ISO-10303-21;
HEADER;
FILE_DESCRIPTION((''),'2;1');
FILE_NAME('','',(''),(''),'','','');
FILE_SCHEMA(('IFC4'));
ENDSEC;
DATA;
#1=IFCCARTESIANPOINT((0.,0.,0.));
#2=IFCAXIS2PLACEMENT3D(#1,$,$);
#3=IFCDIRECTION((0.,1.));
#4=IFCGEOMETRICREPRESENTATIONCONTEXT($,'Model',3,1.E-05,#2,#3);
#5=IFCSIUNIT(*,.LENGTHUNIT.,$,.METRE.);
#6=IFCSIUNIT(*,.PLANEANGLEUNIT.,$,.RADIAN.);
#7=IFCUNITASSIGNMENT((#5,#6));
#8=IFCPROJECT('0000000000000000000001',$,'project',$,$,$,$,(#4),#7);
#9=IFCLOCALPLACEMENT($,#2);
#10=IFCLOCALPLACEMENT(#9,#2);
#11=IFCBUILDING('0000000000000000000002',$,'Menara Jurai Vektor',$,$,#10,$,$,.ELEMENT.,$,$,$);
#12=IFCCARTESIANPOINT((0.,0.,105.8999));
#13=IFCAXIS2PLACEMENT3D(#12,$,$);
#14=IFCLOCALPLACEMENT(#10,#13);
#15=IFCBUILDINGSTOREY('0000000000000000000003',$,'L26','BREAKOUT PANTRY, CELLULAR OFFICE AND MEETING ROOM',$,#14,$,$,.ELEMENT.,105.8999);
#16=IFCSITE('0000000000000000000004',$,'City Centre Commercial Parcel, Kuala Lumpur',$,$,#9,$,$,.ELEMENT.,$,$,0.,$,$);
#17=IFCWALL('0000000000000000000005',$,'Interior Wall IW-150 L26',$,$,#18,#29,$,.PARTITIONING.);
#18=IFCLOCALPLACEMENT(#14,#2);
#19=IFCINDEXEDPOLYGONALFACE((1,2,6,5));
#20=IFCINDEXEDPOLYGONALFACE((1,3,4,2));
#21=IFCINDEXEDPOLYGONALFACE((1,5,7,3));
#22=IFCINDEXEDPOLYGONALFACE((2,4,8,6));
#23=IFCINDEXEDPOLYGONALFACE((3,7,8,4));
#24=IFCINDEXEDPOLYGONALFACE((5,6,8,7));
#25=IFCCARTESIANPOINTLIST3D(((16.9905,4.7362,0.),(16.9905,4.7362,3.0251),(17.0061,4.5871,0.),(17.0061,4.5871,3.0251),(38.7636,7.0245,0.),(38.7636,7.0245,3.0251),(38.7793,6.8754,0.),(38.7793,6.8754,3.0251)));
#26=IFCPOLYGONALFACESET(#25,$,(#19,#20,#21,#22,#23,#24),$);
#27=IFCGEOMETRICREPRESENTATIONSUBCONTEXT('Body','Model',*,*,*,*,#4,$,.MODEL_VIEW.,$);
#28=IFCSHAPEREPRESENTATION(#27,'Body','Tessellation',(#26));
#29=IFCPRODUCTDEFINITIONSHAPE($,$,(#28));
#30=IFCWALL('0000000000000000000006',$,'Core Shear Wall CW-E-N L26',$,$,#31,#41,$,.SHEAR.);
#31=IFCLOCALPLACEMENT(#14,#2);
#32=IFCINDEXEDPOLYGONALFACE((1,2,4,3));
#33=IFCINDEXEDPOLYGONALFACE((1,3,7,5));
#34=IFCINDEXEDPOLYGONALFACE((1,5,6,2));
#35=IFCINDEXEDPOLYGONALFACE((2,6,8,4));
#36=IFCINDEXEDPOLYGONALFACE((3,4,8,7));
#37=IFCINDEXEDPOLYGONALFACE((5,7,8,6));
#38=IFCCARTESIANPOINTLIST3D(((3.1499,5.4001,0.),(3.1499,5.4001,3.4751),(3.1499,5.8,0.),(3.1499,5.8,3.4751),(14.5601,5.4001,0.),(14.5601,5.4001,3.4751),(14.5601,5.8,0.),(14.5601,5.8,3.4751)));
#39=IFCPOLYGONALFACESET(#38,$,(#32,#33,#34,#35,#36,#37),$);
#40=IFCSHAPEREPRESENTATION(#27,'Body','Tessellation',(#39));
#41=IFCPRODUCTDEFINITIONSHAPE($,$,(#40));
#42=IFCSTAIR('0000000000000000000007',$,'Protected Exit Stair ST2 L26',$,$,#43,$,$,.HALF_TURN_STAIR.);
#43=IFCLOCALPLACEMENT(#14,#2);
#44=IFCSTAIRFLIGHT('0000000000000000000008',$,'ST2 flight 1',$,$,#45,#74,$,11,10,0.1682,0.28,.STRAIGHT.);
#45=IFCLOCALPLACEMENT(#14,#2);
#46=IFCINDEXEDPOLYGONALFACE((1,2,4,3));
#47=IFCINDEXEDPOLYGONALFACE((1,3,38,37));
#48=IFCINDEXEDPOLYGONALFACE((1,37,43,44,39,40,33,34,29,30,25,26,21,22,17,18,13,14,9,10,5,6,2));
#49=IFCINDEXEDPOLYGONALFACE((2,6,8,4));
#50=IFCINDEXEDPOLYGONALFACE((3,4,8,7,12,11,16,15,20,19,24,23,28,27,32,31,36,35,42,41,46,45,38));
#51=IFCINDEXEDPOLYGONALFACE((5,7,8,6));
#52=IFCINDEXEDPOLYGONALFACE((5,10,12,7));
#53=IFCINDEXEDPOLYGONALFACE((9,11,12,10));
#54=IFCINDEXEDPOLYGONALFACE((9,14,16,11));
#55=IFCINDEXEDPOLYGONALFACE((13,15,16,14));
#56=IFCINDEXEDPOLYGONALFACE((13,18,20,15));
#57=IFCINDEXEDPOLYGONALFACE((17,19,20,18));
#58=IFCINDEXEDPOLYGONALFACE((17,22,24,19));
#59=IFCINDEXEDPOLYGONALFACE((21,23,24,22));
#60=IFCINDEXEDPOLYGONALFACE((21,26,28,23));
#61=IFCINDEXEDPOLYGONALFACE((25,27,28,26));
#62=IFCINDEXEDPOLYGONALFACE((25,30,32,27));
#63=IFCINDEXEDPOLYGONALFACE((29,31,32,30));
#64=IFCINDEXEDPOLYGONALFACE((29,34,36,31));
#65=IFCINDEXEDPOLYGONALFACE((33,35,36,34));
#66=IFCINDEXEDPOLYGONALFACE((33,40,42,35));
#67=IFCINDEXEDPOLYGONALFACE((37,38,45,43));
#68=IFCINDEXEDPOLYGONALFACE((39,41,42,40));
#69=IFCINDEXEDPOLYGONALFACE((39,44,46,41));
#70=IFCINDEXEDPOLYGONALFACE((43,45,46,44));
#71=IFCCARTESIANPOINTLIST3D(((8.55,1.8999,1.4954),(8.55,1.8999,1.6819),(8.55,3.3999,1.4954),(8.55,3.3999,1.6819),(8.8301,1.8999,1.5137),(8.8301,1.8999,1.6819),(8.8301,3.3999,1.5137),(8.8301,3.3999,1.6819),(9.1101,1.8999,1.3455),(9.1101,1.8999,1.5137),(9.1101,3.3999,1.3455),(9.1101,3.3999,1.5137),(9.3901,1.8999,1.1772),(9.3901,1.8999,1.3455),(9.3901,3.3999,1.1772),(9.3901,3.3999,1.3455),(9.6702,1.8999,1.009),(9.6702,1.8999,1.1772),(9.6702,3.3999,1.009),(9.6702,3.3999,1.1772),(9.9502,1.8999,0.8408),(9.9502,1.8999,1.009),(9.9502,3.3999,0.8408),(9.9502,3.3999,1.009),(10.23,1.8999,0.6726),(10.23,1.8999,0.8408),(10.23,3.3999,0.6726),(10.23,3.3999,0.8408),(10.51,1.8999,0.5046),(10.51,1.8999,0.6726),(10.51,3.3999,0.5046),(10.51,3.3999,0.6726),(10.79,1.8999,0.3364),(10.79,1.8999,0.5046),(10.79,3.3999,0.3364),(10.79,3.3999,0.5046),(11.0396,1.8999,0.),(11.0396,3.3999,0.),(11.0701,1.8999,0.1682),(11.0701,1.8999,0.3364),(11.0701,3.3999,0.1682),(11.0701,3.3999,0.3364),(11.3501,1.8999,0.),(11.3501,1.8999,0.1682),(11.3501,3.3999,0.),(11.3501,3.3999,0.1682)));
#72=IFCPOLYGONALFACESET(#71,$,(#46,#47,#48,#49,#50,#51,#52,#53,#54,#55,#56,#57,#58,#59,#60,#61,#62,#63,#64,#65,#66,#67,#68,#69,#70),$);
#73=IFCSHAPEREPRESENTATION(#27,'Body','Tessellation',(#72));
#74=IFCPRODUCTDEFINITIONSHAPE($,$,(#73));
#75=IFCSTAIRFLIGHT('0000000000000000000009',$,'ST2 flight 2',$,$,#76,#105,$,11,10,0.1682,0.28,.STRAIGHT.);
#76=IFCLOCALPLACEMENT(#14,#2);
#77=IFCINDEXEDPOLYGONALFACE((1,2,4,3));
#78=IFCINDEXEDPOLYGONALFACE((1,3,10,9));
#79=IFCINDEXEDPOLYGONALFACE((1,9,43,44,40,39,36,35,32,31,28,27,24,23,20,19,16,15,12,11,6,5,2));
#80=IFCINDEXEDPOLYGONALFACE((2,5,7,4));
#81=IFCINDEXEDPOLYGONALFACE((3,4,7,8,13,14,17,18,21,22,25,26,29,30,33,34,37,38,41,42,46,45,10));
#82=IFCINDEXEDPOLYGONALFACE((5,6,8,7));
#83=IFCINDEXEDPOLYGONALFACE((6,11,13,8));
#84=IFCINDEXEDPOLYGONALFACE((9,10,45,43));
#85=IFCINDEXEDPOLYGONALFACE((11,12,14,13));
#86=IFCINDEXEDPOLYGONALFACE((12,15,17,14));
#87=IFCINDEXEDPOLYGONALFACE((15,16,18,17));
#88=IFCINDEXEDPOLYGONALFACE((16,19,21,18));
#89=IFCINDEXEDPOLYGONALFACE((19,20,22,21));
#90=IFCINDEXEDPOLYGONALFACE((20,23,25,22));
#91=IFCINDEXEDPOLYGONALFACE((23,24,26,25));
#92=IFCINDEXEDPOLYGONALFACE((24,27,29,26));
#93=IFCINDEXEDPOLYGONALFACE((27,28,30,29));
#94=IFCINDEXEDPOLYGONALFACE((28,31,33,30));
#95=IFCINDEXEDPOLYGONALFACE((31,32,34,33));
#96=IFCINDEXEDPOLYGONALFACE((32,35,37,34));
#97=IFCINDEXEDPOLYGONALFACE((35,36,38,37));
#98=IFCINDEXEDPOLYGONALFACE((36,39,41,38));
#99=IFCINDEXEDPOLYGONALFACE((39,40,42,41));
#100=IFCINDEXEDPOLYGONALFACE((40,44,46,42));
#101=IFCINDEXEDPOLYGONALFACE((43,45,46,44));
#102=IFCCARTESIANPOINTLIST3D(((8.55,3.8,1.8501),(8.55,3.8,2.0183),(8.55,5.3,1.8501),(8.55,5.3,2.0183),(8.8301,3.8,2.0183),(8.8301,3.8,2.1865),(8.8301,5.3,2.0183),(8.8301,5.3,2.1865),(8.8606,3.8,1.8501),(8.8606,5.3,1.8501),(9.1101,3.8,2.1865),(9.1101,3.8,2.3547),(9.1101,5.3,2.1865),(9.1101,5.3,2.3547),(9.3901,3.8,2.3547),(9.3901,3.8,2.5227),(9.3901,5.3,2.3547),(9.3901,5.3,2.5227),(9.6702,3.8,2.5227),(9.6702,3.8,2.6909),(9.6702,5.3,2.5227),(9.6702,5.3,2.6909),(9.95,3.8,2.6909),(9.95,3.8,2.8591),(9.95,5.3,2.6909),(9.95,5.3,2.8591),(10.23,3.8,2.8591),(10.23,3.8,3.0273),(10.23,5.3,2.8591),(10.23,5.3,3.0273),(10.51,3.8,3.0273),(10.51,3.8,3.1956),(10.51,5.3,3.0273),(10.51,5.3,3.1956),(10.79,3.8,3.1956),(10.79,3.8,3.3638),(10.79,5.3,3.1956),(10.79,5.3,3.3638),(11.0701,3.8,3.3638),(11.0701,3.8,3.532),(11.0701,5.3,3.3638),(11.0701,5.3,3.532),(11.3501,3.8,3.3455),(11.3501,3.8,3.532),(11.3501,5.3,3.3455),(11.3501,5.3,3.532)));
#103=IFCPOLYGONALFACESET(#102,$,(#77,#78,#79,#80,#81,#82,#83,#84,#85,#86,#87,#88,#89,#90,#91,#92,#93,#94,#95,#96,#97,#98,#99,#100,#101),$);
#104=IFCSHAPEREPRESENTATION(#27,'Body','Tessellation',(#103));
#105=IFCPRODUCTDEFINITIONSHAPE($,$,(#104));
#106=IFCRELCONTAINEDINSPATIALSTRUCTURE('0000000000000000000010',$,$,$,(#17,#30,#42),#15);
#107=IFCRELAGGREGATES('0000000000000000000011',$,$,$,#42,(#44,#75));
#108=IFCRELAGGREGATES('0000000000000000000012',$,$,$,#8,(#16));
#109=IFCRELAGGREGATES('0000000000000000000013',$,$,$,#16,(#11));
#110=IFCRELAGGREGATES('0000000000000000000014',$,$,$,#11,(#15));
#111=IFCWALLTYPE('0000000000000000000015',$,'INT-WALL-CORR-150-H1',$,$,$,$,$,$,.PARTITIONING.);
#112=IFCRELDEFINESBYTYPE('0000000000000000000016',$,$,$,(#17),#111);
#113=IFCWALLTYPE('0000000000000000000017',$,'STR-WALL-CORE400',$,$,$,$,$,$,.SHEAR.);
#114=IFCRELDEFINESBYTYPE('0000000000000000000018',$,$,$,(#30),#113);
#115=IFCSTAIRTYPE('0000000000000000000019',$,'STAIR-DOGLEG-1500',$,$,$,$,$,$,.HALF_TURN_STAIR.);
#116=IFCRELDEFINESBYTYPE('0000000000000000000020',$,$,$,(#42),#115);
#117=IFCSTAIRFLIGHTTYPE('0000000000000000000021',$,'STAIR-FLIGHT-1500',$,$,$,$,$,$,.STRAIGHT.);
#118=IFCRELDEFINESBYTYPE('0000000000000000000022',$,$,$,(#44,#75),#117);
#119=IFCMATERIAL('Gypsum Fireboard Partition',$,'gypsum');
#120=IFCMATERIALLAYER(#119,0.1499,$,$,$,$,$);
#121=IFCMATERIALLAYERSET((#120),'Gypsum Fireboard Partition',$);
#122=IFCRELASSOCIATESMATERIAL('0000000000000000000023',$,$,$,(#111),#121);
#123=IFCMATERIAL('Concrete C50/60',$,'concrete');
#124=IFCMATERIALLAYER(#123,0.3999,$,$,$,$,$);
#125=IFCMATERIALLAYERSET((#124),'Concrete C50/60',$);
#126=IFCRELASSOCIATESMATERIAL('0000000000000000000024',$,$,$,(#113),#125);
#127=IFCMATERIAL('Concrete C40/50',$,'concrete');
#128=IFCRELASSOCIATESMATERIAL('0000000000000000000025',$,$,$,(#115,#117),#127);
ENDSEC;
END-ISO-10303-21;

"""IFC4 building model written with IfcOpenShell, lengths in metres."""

from ifc_helpers import new_model, si_unit, direction, frame, frame_2d, origin, place, context, subcontext, project, spatial, polyline, rectangle, outline, extrude, material, layer, layer_set, type_object, element, aggregate, save


model = new_model("IFC4")

# Units and contexts
model_context = context("Model", 3, precision=1e-05, world=origin(), true_north=direction((0.0, 1.0)))
body_context = subcontext(model_context, "Body", "Model", "MODEL_VIEW")
ifc_project = project(units=[si_unit("LENGTHUNIT", "METRE"), si_unit("PLANEANGLEUNIT", "RADIAN")], contexts=[model_context])

# Site, building, storey
site_placement = place(None, origin())
site = spatial("IfcSite", under=ifc_project, at=site_placement, Name="City Centre Commercial Parcel, Kuala Lumpur", CompositionType="ELEMENT", RefElevation=0.0)
building_placement = place(site_placement, origin())
building = spatial("IfcBuilding", under=site, at=building_placement, Name="Menara Jurai Vektor", CompositionType="ELEMENT")
storey_placement = place(building_placement, frame((0.0, 0.0, 105.8999)))
storey = spatial("IfcBuildingStorey", under=building, at=storey_placement, Name="L26", Description="BREAKOUT PANTRY, CELLULAR OFFICE AND MEETING ROOM", CompositionType="ELEMENT", Elevation=105.8999)

# Shared definitions
ifc_material_1 = material(Name="Concrete C50/60", Category="concrete")

# Shared definitions
ifc_material_2 = material(Name="Gypsum Fireboard Partition", Category="gypsum")

# Walls
ifc_layer_1 = layer(ifc_material_2, 0.1499)
ifc_layer_set_1 = layer_set([ifc_layer_1], Name="Gypsum Fireboard Partition")
wall_type_1 = type_object("IfcWallType", Name="INT-WALL-CORR-150-H1", PredefinedType="PARTITIONING", material=ifc_layer_set_1)
wall_1_placement = place(storey_placement, frame((16.9983, 4.6616, 0.0), z_axis=(0.0, 0.0, 1.0), x_axis=(0.994522, 0.104523, 0.0)))
element("IfcWall", 1, at=wall_1_placement, inside=storey, type_object=wall_type_1, Name="Interior Wall IW-150 L26", PredefinedType="PARTITIONING", context=body_context, shape_type="SweptSolid", body=[
    extrude(rectangle(XDim=21.8931, YDim=0.1499, at=frame_2d((10.9465, 0.0))), origin(), (0.0, 0.0, 1.0), 3.0251),
])
ifc_layer_2 = layer(ifc_material_1, 0.3999)
ifc_layer_set_2 = layer_set([ifc_layer_2], Name="Concrete C50/60")
wall_type_2 = type_object("IfcWallType", Name="STR-WALL-CORE400", PredefinedType="SHEAR", material=ifc_layer_set_2)
wall_2_placement = place(storey_placement, frame((3.1499, 5.6001, 0.0), z_axis=(0.0, 0.0, 1.0), x_axis=(1.0, 0.0, 0.0)))
element("IfcWall", 2, at=wall_2_placement, inside=storey, type_object=wall_type_2, Name="Core Shear Wall CW-E-N L26", PredefinedType="SHEAR", context=body_context, shape_type="SweptSolid", body=[
    extrude(rectangle(XDim=11.4102, YDim=0.3999, at=frame_2d((5.7051, 0.0))), origin(), (0.0, 0.0, 1.0), 3.4751),
])

# Stair, stair flights
ifc_material_3 = material(Name="Concrete C40/50", Category="concrete")
stair_type = type_object("IfcStairType", Name="STAIR-DOGLEG-1500", PredefinedType="HALF_TURN_STAIR", material=ifc_material_3)
stair_placement = place(storey_placement, origin())
stair = element("IfcStair", 3, at=stair_placement, inside=storey, type_object=stair_type, Name="Protected Exit Stair ST2 L26", PredefinedType="HALF_TURN_STAIR")
stair_flight_type = type_object("IfcStairFlightType", Name="STAIR-FLIGHT-1500", PredefinedType="STRAIGHT", material=ifc_material_3)
stair_flight_1_placement = place(storey_placement, frame((11.3501, 2.6499, 0.0), z_axis=(0.0, 0.0, 1.0), x_axis=(-1.0, 0.0, 0.0)))
stair_flight_1 = element("IfcStairFlight", 4, at=stair_flight_1_placement, type_object=stair_flight_type, Name="ST2 flight 1", NumberOfRisers=11, NumberOfTreads=10, PredefinedType="STRAIGHT", RiserHeight=0.1682, TreadLength=0.28, context=body_context, shape_type="SweptSolid", body=[
    extrude(outline(polyline([(0.0, 0.0), (0.0, 0.1682), (0.28, 0.1682), (0.28, 0.3364), (0.5601, 0.3364), (0.5601, 0.5046), (0.8401, 0.5046), (0.8401, 0.6726), (1.1201, 0.6726), (1.1201, 0.8408), (1.3999, 0.8408), (1.3999, 1.009), (1.6799, 1.009), (1.6799, 1.1772), (1.96, 1.1772), (1.96, 1.3455), (2.24, 1.3455), (2.24, 1.5137), (2.52, 1.5137), (2.52, 1.6819), (2.8, 1.6819), (2.8, 1.8501), (2.8, 1.4954), (0.3105, 0.0), (0.0, 0.0)])), frame((0.0, 0.75, 0.0), z_axis=(0.0, -1.0, 0.0), x_axis=(1.0, 0.0, 0.0)), (0.0, 0.0, 1.0), 1.5),
])
stair_flight_2_placement = place(storey_placement, frame((8.55, 4.55, 1.8501), z_axis=(0.0, 0.0, 1.0), x_axis=(1.0, 0.0, 0.0)))
stair_flight_2 = element("IfcStairFlight", 5, at=stair_flight_2_placement, type_object=stair_flight_type, Name="ST2 flight 2", NumberOfRisers=11, NumberOfTreads=10, PredefinedType="STRAIGHT", RiserHeight=0.1682, TreadLength=0.28, context=body_context, shape_type="SweptSolid", body=[
    extrude(outline(polyline([(0.0, 0.0), (0.0, 0.1682), (0.28, 0.1682), (0.28, 0.3364), (0.5601, 0.3364), (0.5601, 0.5046), (0.8401, 0.5046), (0.8401, 0.6726), (1.1201, 0.6726), (1.1201, 0.8408), (1.3999, 0.8408), (1.3999, 1.009), (1.6799, 1.009), (1.6799, 1.1772), (1.96, 1.1772), (1.96, 1.3455), (2.24, 1.3455), (2.24, 1.5137), (2.52, 1.5137), (2.52, 1.6819), (2.8, 1.6819), (2.8, 1.8501), (2.8, 1.4954), (0.3105, 0.0), (0.0, 0.0)])), frame((0.0, 0.75, 0.0), z_axis=(0.0, -1.0, 0.0), x_axis=(1.0, 0.0, 0.0)), (0.0, 0.0, 1.0), 1.5),
])
aggregate(stair, [stair_flight_1, stair_flight_2])

save(model, "model.ifc")
